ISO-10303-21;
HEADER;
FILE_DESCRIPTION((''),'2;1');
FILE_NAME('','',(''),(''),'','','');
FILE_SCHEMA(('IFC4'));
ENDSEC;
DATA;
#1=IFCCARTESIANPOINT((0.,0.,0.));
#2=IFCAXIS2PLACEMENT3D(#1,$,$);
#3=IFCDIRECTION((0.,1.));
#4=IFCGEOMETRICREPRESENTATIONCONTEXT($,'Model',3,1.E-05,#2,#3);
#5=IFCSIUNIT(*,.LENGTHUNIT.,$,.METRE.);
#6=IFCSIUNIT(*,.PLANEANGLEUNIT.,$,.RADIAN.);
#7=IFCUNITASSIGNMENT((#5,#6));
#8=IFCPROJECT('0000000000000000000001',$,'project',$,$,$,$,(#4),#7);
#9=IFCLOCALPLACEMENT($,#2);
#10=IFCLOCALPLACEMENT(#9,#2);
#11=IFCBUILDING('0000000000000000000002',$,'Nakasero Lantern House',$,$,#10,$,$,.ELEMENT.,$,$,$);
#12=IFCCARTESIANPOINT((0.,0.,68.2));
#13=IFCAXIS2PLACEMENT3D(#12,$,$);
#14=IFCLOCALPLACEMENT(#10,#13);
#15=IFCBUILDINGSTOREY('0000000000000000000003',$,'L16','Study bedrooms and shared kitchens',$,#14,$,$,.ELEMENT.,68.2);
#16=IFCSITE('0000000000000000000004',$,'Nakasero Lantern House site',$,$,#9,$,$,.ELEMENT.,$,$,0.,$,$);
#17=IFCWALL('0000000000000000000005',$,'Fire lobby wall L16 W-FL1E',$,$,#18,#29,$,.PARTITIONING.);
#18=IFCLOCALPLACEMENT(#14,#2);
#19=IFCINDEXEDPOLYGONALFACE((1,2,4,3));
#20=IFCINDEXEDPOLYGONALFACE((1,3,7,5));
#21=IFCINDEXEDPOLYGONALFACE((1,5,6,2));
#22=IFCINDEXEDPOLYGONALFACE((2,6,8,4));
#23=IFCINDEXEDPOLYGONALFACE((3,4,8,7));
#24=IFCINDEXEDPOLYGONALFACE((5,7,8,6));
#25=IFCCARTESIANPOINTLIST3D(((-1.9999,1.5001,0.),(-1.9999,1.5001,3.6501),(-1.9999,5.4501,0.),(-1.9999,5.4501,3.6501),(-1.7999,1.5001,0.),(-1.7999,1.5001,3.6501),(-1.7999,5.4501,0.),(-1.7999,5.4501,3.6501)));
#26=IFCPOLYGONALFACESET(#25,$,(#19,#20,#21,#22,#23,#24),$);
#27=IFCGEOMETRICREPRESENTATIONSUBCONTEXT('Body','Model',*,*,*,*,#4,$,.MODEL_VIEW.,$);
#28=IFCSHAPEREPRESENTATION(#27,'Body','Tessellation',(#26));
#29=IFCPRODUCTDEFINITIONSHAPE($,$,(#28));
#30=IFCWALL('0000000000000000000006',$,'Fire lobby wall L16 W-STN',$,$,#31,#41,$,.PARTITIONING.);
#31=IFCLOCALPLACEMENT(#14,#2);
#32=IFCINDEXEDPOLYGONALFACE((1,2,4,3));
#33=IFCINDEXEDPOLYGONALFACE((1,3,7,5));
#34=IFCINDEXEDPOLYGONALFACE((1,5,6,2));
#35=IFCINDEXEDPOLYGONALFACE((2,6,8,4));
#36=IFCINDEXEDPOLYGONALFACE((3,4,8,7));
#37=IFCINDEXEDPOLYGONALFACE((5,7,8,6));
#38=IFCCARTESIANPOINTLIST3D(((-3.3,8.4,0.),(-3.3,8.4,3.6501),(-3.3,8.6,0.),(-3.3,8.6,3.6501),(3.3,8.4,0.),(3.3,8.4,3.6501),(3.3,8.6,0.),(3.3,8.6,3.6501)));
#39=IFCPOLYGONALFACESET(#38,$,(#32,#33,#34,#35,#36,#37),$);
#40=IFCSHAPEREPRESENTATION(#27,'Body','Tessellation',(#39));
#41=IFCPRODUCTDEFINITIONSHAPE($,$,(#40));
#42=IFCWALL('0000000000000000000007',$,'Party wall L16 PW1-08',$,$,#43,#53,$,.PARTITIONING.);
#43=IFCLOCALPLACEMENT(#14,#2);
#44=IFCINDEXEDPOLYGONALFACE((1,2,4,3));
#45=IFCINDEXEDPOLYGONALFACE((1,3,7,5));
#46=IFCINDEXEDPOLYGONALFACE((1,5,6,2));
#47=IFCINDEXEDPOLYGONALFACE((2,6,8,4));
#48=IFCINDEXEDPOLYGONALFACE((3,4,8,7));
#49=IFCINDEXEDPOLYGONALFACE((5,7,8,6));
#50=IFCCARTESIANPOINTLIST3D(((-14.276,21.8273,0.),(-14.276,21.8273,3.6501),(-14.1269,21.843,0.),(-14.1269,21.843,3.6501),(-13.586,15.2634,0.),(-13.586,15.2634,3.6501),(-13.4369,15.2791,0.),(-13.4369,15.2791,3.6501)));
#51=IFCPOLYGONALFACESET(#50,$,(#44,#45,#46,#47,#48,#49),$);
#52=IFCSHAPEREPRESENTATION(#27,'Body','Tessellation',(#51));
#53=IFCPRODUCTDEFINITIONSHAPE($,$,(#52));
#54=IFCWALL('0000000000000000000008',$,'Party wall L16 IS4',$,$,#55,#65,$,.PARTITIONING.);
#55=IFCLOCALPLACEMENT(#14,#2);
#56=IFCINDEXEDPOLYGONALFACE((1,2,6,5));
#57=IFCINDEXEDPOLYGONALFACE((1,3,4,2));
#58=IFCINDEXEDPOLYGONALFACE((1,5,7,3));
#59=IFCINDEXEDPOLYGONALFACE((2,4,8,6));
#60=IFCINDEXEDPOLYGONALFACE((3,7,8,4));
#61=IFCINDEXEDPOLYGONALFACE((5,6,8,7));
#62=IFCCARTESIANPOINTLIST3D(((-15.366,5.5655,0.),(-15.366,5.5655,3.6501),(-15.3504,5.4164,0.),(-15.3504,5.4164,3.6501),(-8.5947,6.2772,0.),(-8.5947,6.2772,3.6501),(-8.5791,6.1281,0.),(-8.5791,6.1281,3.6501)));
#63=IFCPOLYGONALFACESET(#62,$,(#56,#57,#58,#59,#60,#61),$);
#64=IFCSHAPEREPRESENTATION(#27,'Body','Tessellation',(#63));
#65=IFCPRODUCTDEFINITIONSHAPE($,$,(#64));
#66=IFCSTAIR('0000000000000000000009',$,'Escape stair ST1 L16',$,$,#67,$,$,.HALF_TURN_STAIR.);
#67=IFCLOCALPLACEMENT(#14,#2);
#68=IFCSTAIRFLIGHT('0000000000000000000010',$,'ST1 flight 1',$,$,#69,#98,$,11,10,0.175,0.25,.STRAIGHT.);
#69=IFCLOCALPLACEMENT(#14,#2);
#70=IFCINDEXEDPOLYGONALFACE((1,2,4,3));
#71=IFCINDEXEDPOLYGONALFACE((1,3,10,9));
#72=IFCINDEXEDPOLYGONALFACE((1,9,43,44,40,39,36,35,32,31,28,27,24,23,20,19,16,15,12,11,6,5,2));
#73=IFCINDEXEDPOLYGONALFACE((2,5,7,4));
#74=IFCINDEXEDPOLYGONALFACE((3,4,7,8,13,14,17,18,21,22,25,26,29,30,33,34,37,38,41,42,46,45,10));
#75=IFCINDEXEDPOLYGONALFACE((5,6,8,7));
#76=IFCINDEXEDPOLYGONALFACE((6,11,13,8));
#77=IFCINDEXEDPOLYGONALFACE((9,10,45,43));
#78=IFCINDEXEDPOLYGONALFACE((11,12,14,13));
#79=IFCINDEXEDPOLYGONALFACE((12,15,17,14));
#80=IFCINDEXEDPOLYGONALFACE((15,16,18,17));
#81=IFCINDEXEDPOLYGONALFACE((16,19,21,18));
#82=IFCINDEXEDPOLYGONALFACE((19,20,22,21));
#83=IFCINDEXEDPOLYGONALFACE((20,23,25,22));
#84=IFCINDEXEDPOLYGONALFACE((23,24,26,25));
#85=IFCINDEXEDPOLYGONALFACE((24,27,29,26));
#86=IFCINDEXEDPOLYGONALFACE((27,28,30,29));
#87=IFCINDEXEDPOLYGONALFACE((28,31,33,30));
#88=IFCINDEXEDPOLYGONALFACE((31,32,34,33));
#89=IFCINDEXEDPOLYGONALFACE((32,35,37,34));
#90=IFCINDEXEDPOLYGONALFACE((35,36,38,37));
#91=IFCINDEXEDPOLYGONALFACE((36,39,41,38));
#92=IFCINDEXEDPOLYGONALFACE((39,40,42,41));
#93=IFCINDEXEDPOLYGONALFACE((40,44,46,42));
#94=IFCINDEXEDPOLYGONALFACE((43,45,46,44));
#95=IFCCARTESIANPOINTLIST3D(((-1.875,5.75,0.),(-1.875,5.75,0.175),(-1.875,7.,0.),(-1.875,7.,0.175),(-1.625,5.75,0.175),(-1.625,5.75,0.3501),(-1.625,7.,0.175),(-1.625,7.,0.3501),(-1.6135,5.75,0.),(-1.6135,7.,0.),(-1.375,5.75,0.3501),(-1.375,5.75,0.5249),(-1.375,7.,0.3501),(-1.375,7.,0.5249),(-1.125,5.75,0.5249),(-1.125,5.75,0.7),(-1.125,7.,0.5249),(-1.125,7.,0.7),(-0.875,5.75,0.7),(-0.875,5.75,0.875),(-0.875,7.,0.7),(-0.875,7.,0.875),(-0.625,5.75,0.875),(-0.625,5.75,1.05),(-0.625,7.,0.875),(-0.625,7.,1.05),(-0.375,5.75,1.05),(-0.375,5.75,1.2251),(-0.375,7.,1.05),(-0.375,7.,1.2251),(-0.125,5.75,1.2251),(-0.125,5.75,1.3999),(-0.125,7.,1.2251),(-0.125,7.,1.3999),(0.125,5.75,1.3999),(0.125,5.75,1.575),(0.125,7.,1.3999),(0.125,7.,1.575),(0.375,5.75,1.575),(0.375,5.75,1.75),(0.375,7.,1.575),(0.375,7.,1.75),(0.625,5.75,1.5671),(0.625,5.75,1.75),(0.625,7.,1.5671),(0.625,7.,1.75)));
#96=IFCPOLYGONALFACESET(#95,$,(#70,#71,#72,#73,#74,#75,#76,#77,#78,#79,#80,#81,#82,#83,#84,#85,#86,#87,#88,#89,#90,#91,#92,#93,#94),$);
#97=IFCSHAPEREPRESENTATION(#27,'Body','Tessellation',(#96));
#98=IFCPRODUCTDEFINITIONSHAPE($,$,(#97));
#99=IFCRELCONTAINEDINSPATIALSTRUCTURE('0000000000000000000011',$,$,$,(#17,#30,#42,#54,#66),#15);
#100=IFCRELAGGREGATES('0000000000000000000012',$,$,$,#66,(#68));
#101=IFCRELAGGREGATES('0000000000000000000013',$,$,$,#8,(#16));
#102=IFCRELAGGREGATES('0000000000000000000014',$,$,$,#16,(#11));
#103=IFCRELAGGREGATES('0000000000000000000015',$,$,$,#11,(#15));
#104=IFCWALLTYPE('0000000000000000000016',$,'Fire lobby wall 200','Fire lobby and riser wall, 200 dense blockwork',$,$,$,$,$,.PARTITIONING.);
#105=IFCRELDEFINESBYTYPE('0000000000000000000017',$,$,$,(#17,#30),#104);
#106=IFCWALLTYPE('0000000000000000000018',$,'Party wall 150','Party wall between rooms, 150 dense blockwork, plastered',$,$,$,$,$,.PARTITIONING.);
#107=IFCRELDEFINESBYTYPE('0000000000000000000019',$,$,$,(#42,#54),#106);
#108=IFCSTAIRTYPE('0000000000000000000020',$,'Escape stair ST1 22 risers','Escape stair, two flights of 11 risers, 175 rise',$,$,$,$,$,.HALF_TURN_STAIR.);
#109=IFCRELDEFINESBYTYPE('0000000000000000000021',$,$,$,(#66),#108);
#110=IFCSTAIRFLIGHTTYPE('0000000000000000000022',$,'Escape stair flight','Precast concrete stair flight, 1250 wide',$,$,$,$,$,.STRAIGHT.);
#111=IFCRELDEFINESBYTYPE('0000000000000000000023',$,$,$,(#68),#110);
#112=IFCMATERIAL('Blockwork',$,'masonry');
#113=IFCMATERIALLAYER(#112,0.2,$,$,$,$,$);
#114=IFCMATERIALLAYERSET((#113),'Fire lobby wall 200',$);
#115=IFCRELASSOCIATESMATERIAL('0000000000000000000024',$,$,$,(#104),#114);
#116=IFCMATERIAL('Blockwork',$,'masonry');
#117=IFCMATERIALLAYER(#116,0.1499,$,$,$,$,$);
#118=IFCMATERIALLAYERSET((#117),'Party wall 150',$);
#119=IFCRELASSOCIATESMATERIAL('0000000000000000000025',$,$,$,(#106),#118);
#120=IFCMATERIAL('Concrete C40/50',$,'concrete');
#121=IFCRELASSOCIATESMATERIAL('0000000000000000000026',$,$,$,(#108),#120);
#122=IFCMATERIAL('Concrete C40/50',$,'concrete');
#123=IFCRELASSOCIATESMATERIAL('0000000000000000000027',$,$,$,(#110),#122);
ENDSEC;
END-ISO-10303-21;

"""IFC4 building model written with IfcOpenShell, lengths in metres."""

from ifc_helpers import new_model, si_unit, direction, frame, frame_2d, origin, place, context, subcontext, project, spatial, polyline, rectangle, outline, extrude, material, layer, layer_set, type_object, element, aggregate, save


model = new_model("IFC4")

# Units and contexts
model_context = context("Model", 3, precision=1e-05, world=origin(), true_north=direction((0.0, 1.0)))
body_context = subcontext(model_context, "Body", "Model", "MODEL_VIEW")
ifc_project = project(units=[si_unit("LENGTHUNIT", "METRE"), si_unit("PLANEANGLEUNIT", "RADIAN")], contexts=[model_context])

# Site, building, storey
site_placement = place(None, origin())
site = spatial("IfcSite", under=ifc_project, at=site_placement, Name="Nakasero Lantern House site", CompositionType="ELEMENT", RefElevation=0.0)
building_placement = place(site_placement, origin())
building = spatial("IfcBuilding", under=site, at=building_placement, Name="Nakasero Lantern House", CompositionType="ELEMENT")
storey_placement = place(building_placement, frame((0.0, 0.0, 68.2)))
storey = spatial("IfcBuildingStorey", under=building, at=storey_placement, Name="L16", Description="Study bedrooms and shared kitchens", CompositionType="ELEMENT", Elevation=68.2)

# Shared definitions
ifc_material_1 = material(Name="Blockwork", Category="masonry")
ifc_layer_1 = layer(ifc_material_1, 0.2)
ifc_layer_set_1 = layer_set([ifc_layer_1], Name="Fire lobby wall 200")
wall_type_1 = type_object("IfcWallType", Name="Fire lobby wall 200", Description="Fire lobby and riser wall, 200 dense blockwork", PredefinedType="PARTITIONING", material=ifc_layer_set_1)

# Walls
wall_1_placement = place(storey_placement, frame((-1.8999, 1.5, 0.0), z_axis=(0.0, 0.0, 1.0), x_axis=(0.0, 1.0, 0.0)))
element("IfcWall", 1, at=wall_1_placement, inside=storey, type_object=wall_type_1, Name="Fire lobby wall L16 W-FL1E", PredefinedType="PARTITIONING", context=body_context, shape_type="SweptSolid", body=[
    extrude(rectangle(XDim=3.95, YDim=0.2, at=frame_2d((1.9751, 0.0))), origin(), (0.0, 0.0, 1.0), 3.6501),
])
wall_2_placement = place(storey_placement, frame((-3.3, 8.5, 0.0), z_axis=(0.0, 0.0, 1.0), x_axis=(1.0, 0.0, 0.0)))
element("IfcWall", 2, at=wall_2_placement, inside=storey, type_object=wall_type_1, Name="Fire lobby wall L16 W-STN", PredefinedType="PARTITIONING", context=body_context, shape_type="SweptSolid", body=[
    extrude(rectangle(XDim=6.6001, YDim=0.2, at=frame_2d((3.3, 0.0))), origin(), (0.0, 0.0, 1.0), 3.6501),
])
ifc_material_2 = material(Name="Blockwork", Category="masonry")
ifc_layer_2 = layer(ifc_material_2, 0.1499)
ifc_layer_set_2 = layer_set([ifc_layer_2], Name="Party wall 150")
wall_type_2 = type_object("IfcWallType", Name="Party wall 150", Description="Party wall between rooms, 150 dense blockwork, plastered", PredefinedType="PARTITIONING", material=ifc_layer_set_2)
wall_3_placement = place(storey_placement, frame((-13.5115, 15.2712, 0.0), z_axis=(0.0, 0.0, 1.0), x_axis=(-0.104535, 0.994521, 0.0)))
element("IfcWall", 3, at=wall_3_placement, inside=storey, type_object=wall_type_2, Name="Party wall L16 PW1-08", PredefinedType="PARTITIONING", context=body_context, shape_type="SweptSolid", body=[
    extrude(rectangle(XDim=6.6001, YDim=0.1499, at=frame_2d((3.3, 0.0))), origin(), (0.0, 0.0, 1.0), 3.6501),
])
wall_4_placement = place(storey_placement, frame((-8.5869, 6.2026, 0.0), z_axis=(0.0, 0.0, 1.0), x_axis=(-0.994522, -0.104526, 0.0)))
element("IfcWall", 4, at=wall_4_placement, inside=storey, type_object=wall_type_2, Name="Party wall L16 IS4", PredefinedType="PARTITIONING", context=body_context, shape_type="SweptSolid", body=[
    extrude(rectangle(XDim=6.8086, YDim=0.1499, at=frame_2d((3.4043, 0.0))), origin(), (0.0, 0.0, 1.0), 3.6501),
])

# Stair, stair flight
ifc_material_3 = material(Name="Concrete C40/50", Category="concrete")
stair_type = type_object("IfcStairType", Name="Escape stair ST1 22 risers", Description="Escape stair, two flights of 11 risers, 175 rise", PredefinedType="HALF_TURN_STAIR", material=ifc_material_3)
stair_placement = place(storey_placement, origin())
stair = element("IfcStair", 5, at=stair_placement, inside=storey, type_object=stair_type, Name="Escape stair ST1 L16", PredefinedType="HALF_TURN_STAIR")
ifc_material_4 = material(Name="Concrete C40/50", Category="concrete")
stair_flight_type = type_object("IfcStairFlightType", Name="Escape stair flight", Description="Precast concrete stair flight, 1250 wide", PredefinedType="STRAIGHT", material=ifc_material_4)
stair_flight_placement = place(storey_placement, frame((-1.875, 6.375, 0.0), z_axis=(0.0, 0.0, 1.0), x_axis=(1.0, 0.0, 0.0)))
stair_flight = element("IfcStairFlight", 6, at=stair_flight_placement, type_object=stair_flight_type, Name="ST1 flight 1", NumberOfRisers=11, NumberOfTreads=10, PredefinedType="STRAIGHT", RiserHeight=0.175, TreadLength=0.25, context=body_context, shape_type="SweptSolid", body=[
    extrude(outline(polyline([(0.0, 0.0), (0.0, 0.175), (0.25, 0.175), (0.25, 0.3501), (0.5, 0.3501), (0.5, 0.5249), (0.75, 0.5249), (0.75, 0.7), (1.0, 0.7), (1.0, 0.875), (1.25, 0.875), (1.25, 1.05), (1.5, 1.05), (1.5, 1.2251), (1.75, 1.2251), (1.75, 1.3999), (2.0, 1.3999), (2.0, 1.575), (2.25, 1.575), (2.25, 1.75), (2.5, 1.75), (2.5, 1.925), (2.5, 1.5671), (0.2615, 0.0), (0.0, 0.0)])), frame((0.0, 0.625, 0.0), z_axis=(0.0, -1.0, 0.0), x_axis=(1.0, 0.0, 0.0)), (0.0, 0.0, 1.0), 1.25),
])
aggregate(stair, [stair_flight])

save(model, "model.ifc")
